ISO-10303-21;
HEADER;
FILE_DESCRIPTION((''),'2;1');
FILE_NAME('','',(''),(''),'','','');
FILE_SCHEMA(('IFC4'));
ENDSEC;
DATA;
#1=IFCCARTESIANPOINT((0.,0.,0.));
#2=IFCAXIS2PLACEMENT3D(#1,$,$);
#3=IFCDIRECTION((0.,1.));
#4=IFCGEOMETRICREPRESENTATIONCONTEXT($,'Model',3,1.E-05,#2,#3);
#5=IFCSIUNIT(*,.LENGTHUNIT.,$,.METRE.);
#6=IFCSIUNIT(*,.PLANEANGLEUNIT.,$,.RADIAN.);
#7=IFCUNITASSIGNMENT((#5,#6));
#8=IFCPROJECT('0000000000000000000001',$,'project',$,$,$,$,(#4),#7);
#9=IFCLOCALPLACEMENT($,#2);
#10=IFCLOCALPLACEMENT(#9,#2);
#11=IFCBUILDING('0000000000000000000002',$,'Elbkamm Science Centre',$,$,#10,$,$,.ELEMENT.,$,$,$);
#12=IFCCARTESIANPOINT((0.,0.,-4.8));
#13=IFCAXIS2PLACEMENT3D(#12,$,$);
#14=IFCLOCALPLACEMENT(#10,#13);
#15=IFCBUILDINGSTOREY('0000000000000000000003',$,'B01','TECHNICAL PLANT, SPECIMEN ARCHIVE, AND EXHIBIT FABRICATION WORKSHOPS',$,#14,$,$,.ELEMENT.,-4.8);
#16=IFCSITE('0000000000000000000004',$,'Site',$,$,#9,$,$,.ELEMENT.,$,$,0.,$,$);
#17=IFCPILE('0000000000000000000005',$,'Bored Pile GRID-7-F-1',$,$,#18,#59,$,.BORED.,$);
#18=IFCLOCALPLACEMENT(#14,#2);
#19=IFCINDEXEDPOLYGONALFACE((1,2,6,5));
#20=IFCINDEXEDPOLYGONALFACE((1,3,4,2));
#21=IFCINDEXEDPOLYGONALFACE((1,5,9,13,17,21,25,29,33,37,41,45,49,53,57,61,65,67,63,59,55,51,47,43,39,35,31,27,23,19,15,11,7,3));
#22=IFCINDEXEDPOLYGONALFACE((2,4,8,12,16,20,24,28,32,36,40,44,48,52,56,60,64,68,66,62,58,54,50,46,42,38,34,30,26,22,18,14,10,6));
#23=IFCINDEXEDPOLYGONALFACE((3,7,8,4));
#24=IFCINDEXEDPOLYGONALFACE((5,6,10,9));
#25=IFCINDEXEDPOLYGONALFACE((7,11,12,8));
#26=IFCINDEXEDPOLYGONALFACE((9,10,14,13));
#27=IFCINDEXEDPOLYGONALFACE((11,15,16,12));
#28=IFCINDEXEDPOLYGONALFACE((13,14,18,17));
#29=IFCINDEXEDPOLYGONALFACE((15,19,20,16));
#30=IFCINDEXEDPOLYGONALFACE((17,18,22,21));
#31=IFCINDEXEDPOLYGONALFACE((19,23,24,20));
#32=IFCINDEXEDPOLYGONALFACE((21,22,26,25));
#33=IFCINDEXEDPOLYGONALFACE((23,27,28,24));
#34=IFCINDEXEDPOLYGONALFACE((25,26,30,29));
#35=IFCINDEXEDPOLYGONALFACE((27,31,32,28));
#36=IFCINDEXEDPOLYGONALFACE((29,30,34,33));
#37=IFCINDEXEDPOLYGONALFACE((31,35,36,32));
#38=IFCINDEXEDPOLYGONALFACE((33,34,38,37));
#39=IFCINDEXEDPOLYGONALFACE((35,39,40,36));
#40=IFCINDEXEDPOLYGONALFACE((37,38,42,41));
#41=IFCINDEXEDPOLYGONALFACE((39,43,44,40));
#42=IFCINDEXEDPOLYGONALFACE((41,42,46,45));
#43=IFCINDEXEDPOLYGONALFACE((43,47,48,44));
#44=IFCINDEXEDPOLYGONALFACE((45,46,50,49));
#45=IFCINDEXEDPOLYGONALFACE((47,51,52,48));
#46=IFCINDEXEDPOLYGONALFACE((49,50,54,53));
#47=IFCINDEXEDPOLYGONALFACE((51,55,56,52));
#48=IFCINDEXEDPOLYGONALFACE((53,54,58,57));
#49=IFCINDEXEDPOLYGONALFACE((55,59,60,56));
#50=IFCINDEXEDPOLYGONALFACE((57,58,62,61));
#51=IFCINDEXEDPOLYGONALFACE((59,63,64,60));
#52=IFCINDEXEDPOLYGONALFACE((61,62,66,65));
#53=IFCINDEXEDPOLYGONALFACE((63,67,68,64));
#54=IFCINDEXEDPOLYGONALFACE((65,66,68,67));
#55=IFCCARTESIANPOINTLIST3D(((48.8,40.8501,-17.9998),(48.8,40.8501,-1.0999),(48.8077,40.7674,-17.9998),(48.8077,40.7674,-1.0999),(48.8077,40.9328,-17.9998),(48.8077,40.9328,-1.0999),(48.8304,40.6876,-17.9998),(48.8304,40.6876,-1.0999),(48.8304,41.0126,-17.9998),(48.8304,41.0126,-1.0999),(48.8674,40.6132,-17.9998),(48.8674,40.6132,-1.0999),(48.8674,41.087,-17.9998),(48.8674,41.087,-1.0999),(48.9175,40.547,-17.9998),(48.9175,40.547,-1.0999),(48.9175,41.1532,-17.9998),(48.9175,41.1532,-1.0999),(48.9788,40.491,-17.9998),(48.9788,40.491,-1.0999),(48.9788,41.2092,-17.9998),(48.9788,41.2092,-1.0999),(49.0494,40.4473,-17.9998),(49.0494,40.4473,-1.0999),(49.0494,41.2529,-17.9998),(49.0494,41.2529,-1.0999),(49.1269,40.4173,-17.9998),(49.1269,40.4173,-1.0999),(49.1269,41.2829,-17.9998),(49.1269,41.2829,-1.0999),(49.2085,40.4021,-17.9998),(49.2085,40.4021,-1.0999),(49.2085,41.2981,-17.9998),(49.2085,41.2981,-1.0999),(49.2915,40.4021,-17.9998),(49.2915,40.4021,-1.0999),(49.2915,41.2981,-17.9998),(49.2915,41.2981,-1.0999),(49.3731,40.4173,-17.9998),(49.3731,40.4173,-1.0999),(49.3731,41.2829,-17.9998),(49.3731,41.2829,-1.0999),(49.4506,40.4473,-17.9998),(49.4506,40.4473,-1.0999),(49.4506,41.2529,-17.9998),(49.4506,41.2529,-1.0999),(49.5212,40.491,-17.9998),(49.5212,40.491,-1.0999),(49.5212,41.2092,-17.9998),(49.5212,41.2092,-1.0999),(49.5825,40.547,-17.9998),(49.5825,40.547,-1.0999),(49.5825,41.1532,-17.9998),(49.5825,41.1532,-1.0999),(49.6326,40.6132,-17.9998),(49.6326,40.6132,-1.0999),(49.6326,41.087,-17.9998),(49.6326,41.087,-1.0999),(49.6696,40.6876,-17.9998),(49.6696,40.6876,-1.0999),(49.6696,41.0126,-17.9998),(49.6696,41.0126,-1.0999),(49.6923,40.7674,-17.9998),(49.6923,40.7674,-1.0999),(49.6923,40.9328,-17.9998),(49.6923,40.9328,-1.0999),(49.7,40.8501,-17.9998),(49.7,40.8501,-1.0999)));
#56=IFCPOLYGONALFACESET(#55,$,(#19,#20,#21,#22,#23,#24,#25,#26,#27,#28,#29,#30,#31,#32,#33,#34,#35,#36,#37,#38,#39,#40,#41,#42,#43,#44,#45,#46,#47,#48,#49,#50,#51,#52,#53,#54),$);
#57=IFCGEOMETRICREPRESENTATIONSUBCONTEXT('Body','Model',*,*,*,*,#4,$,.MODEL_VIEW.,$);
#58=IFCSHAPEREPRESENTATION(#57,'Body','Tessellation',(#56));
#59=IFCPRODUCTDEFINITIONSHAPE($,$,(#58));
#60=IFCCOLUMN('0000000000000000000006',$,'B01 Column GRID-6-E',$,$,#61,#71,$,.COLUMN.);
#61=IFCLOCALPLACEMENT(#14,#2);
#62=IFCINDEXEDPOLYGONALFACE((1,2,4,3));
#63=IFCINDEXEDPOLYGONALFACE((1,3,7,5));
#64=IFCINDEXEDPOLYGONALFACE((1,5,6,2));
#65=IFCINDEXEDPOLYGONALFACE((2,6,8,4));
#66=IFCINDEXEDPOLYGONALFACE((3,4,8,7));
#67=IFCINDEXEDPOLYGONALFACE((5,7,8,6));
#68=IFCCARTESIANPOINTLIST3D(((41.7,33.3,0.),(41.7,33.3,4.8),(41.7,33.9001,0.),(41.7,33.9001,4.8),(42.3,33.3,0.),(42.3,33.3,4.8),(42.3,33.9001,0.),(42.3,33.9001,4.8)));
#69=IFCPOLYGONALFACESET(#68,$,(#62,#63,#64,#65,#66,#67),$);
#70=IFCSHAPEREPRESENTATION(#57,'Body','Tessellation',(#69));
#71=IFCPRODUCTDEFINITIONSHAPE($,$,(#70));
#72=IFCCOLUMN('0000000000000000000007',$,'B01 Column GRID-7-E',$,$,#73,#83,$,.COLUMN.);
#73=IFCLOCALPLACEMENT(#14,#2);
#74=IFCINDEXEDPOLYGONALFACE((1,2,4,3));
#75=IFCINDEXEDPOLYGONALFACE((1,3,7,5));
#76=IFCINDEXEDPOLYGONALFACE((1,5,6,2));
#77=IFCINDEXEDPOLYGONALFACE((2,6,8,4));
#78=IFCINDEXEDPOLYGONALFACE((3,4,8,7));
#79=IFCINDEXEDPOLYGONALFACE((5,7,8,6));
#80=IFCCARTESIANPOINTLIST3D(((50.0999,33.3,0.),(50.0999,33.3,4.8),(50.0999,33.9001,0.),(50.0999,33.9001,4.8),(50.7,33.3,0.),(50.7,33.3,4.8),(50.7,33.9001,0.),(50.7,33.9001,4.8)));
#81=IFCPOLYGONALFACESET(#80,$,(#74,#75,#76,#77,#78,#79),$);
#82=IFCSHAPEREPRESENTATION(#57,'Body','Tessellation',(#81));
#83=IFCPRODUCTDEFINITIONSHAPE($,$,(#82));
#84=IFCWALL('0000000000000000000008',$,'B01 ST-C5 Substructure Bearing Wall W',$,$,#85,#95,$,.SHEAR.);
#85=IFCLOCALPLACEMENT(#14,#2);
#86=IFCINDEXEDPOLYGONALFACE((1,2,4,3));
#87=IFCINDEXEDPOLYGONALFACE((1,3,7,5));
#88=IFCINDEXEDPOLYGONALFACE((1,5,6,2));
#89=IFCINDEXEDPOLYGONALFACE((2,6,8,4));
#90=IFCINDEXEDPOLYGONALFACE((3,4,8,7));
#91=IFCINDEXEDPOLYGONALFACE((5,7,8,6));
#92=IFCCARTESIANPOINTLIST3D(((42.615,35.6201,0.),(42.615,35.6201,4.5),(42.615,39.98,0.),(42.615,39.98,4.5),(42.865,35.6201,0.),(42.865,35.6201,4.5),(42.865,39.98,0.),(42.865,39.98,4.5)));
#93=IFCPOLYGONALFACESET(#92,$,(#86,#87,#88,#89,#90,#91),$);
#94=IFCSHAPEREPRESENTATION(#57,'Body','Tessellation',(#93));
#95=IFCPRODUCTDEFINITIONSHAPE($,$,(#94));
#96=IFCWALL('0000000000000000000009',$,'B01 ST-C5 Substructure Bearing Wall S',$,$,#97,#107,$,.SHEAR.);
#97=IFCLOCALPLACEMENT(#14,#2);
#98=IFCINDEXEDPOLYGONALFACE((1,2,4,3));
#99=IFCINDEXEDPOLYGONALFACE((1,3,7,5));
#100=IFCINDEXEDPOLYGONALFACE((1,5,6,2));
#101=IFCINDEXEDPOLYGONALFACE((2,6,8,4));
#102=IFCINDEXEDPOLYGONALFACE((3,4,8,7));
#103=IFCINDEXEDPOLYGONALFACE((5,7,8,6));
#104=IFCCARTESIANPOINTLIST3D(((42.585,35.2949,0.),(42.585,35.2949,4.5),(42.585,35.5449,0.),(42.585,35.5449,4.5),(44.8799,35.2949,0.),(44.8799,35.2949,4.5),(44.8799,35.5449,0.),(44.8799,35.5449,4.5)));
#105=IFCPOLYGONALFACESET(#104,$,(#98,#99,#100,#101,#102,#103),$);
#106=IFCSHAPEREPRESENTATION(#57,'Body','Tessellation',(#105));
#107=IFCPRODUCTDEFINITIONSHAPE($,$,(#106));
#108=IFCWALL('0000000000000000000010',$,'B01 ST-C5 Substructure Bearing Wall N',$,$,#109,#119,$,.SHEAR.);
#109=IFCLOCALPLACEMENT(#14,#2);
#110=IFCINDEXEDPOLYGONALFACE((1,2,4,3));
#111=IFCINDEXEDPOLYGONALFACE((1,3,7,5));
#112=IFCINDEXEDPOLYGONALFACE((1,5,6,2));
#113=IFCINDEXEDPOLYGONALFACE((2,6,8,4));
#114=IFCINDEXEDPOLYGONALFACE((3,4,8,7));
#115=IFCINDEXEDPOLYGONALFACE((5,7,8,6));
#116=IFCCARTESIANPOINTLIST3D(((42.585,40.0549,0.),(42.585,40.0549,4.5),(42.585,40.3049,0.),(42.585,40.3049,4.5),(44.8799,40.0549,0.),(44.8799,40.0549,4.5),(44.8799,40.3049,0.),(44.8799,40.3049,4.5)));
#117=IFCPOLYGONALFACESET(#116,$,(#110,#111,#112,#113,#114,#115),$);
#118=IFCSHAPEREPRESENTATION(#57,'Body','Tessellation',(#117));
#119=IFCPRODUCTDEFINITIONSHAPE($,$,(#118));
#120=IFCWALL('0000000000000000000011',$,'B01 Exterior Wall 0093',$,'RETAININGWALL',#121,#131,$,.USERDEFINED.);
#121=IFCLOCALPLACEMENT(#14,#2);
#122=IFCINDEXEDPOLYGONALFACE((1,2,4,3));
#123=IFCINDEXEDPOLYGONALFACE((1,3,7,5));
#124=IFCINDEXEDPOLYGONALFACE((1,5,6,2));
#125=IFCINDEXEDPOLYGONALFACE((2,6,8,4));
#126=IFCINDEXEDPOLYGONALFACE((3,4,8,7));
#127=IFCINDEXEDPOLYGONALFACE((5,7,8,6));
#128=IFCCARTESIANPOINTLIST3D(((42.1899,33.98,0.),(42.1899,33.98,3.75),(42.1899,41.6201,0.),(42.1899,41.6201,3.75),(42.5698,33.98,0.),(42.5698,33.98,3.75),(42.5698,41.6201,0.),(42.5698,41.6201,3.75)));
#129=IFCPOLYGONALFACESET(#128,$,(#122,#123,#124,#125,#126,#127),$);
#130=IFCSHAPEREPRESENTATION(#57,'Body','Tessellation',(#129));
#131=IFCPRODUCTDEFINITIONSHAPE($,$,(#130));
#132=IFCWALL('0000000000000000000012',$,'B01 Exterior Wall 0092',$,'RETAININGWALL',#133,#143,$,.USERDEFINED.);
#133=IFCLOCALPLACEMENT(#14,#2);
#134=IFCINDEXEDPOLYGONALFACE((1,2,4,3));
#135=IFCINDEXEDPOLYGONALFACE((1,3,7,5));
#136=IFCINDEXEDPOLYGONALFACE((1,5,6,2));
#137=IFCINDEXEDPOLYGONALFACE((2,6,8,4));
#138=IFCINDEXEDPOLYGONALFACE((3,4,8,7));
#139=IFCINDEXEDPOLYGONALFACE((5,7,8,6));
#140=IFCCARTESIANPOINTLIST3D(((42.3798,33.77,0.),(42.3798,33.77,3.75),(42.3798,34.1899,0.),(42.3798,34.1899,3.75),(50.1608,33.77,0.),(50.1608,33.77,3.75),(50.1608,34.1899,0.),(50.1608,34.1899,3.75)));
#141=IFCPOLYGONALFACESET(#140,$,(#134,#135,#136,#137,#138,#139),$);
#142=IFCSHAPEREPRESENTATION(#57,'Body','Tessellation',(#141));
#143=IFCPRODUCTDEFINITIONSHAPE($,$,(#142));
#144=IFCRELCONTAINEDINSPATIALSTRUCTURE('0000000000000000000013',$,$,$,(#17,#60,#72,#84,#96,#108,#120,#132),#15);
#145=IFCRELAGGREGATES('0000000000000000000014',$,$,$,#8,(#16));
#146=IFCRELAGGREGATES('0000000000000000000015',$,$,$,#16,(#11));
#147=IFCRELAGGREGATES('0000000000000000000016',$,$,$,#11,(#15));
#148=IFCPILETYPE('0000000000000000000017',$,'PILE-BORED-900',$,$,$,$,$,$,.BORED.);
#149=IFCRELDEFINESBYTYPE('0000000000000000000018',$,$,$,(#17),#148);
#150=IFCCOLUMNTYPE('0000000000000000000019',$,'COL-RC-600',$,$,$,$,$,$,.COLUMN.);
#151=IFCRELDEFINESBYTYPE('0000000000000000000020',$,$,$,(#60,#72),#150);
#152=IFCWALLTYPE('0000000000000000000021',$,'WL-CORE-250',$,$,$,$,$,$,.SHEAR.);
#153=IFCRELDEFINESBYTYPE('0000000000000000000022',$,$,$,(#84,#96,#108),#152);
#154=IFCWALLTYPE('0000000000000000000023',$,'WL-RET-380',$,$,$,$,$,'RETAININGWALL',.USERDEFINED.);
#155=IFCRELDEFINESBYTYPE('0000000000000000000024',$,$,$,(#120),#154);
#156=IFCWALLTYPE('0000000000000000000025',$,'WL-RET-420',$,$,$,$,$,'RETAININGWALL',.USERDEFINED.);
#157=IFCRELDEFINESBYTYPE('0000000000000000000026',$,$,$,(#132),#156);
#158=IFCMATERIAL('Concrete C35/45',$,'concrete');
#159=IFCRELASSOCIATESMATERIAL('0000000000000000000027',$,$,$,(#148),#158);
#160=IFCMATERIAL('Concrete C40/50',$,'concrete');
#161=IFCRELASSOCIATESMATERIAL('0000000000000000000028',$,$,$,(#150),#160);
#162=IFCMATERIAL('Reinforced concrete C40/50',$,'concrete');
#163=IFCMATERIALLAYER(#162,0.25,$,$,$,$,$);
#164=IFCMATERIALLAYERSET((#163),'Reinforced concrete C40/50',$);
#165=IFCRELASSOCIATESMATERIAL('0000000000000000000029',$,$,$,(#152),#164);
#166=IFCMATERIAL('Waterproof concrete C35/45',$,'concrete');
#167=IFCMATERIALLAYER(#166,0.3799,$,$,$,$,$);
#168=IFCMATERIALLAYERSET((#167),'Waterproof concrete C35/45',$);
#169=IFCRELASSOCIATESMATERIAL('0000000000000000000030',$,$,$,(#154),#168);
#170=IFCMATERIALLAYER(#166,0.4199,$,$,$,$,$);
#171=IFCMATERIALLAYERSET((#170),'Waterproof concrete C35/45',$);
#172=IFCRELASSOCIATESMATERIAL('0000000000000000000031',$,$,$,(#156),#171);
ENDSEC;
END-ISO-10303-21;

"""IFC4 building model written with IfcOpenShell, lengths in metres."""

from ifc_helpers import new_model, si_unit, direction, frame, frame_2d, origin, origin_2d, place, context, subcontext, project, spatial, rectangle, circle, extrude, material, layer, layer_set, material_profile, profile_set, type_object, element, save


model = new_model("IFC4")

# Units and contexts
model_context = context("Model", 3, precision=1e-05, world=origin(), true_north=direction((0.0, 1.0)))
body_context = subcontext(model_context, "Body", "Model", "MODEL_VIEW")
ifc_project = project(units=[si_unit("LENGTHUNIT", "METRE"), si_unit("PLANEANGLEUNIT", "RADIAN")], contexts=[model_context])

# Site, building, storey
site_placement = place(None, origin())
site = spatial("IfcSite", under=ifc_project, at=site_placement, Name="Site", CompositionType="ELEMENT", RefElevation=0.0)
building_placement = place(site_placement, origin())
building = spatial("IfcBuilding", under=site, at=building_placement, Name="Elbkamm Science Centre", CompositionType="ELEMENT")
storey_placement = place(building_placement, frame((0.0, 0.0, -4.8)))
storey = spatial("IfcBuildingStorey", under=building, at=storey_placement, Name="B01", Description="TECHNICAL PLANT, SPECIMEN ARCHIVE, AND EXHIBIT FABRICATION WORKSHOPS", CompositionType="ELEMENT", Elevation=-4.8)

# Shared definitions
ifc_material_1 = material(Name="Concrete C35/45", Category="concrete")

# Pile
ifc_material_profile_1 = material_profile(ifc_material_1, circle(Radius=0.45, at=origin_2d()), Name="PILE D900")
ifc_profile_set_1 = profile_set([ifc_material_profile_1], Name="Concrete C35/45")
pile_type = type_object("IfcPileType", Name="PILE-BORED-900", PredefinedType="BORED", material=ifc_profile_set_1)
pile_placement = place(storey_placement, frame((49.25, 40.8501, -1.0999), z_axis=(0.0, 0.0, -1.0), x_axis=(1.0, 0.0, 0.0)))
element("IfcPile", 1, at=pile_placement, inside=storey, type_object=pile_type, Name="Bored Pile GRID-7-F-1", PredefinedType="BORED", context=body_context, shape_type="SweptSolid", body=[
    extrude(circle(Radius=0.45, at=origin_2d()), origin(), (0.0, 0.0, 1.0), 16.8999),
])

# Columns
ifc_material_2 = material(Name="Concrete C40/50", Category="concrete")
ifc_material_profile_2 = material_profile(ifc_material_2, rectangle(XDim=0.6001, YDim=0.6001, at=origin_2d()), Name="RC 600x600")
ifc_profile_set_2 = profile_set([ifc_material_profile_2], Name="Concrete C40/50")
column_type = type_object("IfcColumnType", Name="COL-RC-600", PredefinedType="COLUMN", material=ifc_profile_set_2)
for number, where, z_axis, x_axis, name in (
    (2, (42.0, 33.6001, 0.0), (0.0, 0.0, 1.0), (1.0, 0.0, 0.0), "B01 Column GRID-6-E"),
    (3, (50.3999, 33.6001, 0.0), (0.0, 0.0, 1.0), (1.0, 0.0, 0.0), "B01 Column GRID-7-E"),
):
    element("IfcColumn", number, at=place(storey_placement, frame(where, z_axis=z_axis, x_axis=x_axis)), inside=storey, type_object=column_type, Name=name, PredefinedType="COLUMN", context=body_context, shape_type="SweptSolid", body=[
        extrude(rectangle(XDim=0.6001, YDim=0.6001, at=origin_2d()), origin(), (0.0, 0.0, 1.0), 4.8),
    ])

# Walls
ifc_material_3 = material(Name="Reinforced concrete C40/50", Category="concrete")
ifc_layer_1 = layer(ifc_material_3, 0.25)
ifc_layer_set_1 = layer_set([ifc_layer_1], Name="Reinforced concrete C40/50")
wall_type_1 = type_object("IfcWallType", Name="WL-CORE-250", PredefinedType="SHEAR", material=ifc_layer_set_1)
wall_1_placement = place(storey_placement, frame((42.74, 35.6201, 0.0), z_axis=(0.0, 0.0, 1.0), x_axis=(0.0, 1.0, 0.0)))
element("IfcWall", 4, at=wall_1_placement, inside=storey, type_object=wall_type_1, Name="B01 ST-C5 Substructure Bearing Wall W", PredefinedType="SHEAR", context=body_context, shape_type="SweptSolid", body=[
    extrude(rectangle(XDim=4.3599, YDim=0.25, at=frame_2d((2.1799, 0.0))), origin(), (0.0, 0.0, 1.0), 4.5),
])
for number, where, z_axis, x_axis, name in (
    (5, (42.585, 35.4199, 0.0), (0.0, 0.0, 1.0), (1.0, 0.0, 0.0), "B01 ST-C5 Substructure Bearing Wall S"),
    (6, (42.585, 40.1799, 0.0), (0.0, 0.0, 1.0), (1.0, 0.0, 0.0), "B01 ST-C5 Substructure Bearing Wall N"),
):
    element("IfcWall", number, at=place(storey_placement, frame(where, z_axis=z_axis, x_axis=x_axis)), inside=storey, type_object=wall_type_1, Name=name, PredefinedType="SHEAR", context=body_context, shape_type="SweptSolid", body=[
        extrude(rectangle(XDim=2.2949, YDim=0.25, at=frame_2d((1.1475, 0.0))), origin(), (0.0, 0.0, 1.0), 4.5),
    ])
ifc_material_4 = material(Name="Waterproof concrete C35/45", Category="concrete")
ifc_layer_2 = layer(ifc_material_4, 0.3799)
ifc_layer_set_2 = layer_set([ifc_layer_2], Name="Waterproof concrete C35/45")
wall_type_2 = type_object("IfcWallType", Name="WL-RET-380", ElementType="RETAININGWALL", PredefinedType="USERDEFINED", material=ifc_layer_set_2)
wall_2_placement = place(storey_placement, frame((42.3799, 33.98, 0.0), z_axis=(0.0, 0.0, 1.0), x_axis=(0.0, 1.0, 0.0)))
element("IfcWall", 7, at=wall_2_placement, inside=storey, type_object=wall_type_2, Name="B01 Exterior Wall 0093", ObjectType="RETAININGWALL", PredefinedType="USERDEFINED", context=body_context, shape_type="SweptSolid", body=[
    extrude(rectangle(XDim=7.6401, YDim=0.3799, at=frame_2d((3.8201, 0.0))), origin(), (0.0, 0.0, 1.0), 3.75),
])
ifc_layer_3 = layer(ifc_material_4, 0.4199)
ifc_layer_set_3 = layer_set([ifc_layer_3], Name="Waterproof concrete C35/45")
wall_type_3 = type_object("IfcWallType", Name="WL-RET-420", ElementType="RETAININGWALL", PredefinedType="USERDEFINED", material=ifc_layer_set_3)
wall_3_placement = place(storey_placement, frame((50.1609, 33.98, 0.0), z_axis=(0.0, 0.0, 1.0), x_axis=(-1.0, 0.0, 0.0)))
element("IfcWall", 8, at=wall_3_placement, inside=storey, type_object=wall_type_3, Name="B01 Exterior Wall 0092", ObjectType="RETAININGWALL", PredefinedType="USERDEFINED", context=body_context, shape_type="SweptSolid", body=[
    extrude(rectangle(XDim=7.781, YDim=0.4199, at=frame_2d((3.8906, 0.0))), origin(), (0.0, 0.0, 1.0), 3.75),
])

save(model, "model.ifc")
